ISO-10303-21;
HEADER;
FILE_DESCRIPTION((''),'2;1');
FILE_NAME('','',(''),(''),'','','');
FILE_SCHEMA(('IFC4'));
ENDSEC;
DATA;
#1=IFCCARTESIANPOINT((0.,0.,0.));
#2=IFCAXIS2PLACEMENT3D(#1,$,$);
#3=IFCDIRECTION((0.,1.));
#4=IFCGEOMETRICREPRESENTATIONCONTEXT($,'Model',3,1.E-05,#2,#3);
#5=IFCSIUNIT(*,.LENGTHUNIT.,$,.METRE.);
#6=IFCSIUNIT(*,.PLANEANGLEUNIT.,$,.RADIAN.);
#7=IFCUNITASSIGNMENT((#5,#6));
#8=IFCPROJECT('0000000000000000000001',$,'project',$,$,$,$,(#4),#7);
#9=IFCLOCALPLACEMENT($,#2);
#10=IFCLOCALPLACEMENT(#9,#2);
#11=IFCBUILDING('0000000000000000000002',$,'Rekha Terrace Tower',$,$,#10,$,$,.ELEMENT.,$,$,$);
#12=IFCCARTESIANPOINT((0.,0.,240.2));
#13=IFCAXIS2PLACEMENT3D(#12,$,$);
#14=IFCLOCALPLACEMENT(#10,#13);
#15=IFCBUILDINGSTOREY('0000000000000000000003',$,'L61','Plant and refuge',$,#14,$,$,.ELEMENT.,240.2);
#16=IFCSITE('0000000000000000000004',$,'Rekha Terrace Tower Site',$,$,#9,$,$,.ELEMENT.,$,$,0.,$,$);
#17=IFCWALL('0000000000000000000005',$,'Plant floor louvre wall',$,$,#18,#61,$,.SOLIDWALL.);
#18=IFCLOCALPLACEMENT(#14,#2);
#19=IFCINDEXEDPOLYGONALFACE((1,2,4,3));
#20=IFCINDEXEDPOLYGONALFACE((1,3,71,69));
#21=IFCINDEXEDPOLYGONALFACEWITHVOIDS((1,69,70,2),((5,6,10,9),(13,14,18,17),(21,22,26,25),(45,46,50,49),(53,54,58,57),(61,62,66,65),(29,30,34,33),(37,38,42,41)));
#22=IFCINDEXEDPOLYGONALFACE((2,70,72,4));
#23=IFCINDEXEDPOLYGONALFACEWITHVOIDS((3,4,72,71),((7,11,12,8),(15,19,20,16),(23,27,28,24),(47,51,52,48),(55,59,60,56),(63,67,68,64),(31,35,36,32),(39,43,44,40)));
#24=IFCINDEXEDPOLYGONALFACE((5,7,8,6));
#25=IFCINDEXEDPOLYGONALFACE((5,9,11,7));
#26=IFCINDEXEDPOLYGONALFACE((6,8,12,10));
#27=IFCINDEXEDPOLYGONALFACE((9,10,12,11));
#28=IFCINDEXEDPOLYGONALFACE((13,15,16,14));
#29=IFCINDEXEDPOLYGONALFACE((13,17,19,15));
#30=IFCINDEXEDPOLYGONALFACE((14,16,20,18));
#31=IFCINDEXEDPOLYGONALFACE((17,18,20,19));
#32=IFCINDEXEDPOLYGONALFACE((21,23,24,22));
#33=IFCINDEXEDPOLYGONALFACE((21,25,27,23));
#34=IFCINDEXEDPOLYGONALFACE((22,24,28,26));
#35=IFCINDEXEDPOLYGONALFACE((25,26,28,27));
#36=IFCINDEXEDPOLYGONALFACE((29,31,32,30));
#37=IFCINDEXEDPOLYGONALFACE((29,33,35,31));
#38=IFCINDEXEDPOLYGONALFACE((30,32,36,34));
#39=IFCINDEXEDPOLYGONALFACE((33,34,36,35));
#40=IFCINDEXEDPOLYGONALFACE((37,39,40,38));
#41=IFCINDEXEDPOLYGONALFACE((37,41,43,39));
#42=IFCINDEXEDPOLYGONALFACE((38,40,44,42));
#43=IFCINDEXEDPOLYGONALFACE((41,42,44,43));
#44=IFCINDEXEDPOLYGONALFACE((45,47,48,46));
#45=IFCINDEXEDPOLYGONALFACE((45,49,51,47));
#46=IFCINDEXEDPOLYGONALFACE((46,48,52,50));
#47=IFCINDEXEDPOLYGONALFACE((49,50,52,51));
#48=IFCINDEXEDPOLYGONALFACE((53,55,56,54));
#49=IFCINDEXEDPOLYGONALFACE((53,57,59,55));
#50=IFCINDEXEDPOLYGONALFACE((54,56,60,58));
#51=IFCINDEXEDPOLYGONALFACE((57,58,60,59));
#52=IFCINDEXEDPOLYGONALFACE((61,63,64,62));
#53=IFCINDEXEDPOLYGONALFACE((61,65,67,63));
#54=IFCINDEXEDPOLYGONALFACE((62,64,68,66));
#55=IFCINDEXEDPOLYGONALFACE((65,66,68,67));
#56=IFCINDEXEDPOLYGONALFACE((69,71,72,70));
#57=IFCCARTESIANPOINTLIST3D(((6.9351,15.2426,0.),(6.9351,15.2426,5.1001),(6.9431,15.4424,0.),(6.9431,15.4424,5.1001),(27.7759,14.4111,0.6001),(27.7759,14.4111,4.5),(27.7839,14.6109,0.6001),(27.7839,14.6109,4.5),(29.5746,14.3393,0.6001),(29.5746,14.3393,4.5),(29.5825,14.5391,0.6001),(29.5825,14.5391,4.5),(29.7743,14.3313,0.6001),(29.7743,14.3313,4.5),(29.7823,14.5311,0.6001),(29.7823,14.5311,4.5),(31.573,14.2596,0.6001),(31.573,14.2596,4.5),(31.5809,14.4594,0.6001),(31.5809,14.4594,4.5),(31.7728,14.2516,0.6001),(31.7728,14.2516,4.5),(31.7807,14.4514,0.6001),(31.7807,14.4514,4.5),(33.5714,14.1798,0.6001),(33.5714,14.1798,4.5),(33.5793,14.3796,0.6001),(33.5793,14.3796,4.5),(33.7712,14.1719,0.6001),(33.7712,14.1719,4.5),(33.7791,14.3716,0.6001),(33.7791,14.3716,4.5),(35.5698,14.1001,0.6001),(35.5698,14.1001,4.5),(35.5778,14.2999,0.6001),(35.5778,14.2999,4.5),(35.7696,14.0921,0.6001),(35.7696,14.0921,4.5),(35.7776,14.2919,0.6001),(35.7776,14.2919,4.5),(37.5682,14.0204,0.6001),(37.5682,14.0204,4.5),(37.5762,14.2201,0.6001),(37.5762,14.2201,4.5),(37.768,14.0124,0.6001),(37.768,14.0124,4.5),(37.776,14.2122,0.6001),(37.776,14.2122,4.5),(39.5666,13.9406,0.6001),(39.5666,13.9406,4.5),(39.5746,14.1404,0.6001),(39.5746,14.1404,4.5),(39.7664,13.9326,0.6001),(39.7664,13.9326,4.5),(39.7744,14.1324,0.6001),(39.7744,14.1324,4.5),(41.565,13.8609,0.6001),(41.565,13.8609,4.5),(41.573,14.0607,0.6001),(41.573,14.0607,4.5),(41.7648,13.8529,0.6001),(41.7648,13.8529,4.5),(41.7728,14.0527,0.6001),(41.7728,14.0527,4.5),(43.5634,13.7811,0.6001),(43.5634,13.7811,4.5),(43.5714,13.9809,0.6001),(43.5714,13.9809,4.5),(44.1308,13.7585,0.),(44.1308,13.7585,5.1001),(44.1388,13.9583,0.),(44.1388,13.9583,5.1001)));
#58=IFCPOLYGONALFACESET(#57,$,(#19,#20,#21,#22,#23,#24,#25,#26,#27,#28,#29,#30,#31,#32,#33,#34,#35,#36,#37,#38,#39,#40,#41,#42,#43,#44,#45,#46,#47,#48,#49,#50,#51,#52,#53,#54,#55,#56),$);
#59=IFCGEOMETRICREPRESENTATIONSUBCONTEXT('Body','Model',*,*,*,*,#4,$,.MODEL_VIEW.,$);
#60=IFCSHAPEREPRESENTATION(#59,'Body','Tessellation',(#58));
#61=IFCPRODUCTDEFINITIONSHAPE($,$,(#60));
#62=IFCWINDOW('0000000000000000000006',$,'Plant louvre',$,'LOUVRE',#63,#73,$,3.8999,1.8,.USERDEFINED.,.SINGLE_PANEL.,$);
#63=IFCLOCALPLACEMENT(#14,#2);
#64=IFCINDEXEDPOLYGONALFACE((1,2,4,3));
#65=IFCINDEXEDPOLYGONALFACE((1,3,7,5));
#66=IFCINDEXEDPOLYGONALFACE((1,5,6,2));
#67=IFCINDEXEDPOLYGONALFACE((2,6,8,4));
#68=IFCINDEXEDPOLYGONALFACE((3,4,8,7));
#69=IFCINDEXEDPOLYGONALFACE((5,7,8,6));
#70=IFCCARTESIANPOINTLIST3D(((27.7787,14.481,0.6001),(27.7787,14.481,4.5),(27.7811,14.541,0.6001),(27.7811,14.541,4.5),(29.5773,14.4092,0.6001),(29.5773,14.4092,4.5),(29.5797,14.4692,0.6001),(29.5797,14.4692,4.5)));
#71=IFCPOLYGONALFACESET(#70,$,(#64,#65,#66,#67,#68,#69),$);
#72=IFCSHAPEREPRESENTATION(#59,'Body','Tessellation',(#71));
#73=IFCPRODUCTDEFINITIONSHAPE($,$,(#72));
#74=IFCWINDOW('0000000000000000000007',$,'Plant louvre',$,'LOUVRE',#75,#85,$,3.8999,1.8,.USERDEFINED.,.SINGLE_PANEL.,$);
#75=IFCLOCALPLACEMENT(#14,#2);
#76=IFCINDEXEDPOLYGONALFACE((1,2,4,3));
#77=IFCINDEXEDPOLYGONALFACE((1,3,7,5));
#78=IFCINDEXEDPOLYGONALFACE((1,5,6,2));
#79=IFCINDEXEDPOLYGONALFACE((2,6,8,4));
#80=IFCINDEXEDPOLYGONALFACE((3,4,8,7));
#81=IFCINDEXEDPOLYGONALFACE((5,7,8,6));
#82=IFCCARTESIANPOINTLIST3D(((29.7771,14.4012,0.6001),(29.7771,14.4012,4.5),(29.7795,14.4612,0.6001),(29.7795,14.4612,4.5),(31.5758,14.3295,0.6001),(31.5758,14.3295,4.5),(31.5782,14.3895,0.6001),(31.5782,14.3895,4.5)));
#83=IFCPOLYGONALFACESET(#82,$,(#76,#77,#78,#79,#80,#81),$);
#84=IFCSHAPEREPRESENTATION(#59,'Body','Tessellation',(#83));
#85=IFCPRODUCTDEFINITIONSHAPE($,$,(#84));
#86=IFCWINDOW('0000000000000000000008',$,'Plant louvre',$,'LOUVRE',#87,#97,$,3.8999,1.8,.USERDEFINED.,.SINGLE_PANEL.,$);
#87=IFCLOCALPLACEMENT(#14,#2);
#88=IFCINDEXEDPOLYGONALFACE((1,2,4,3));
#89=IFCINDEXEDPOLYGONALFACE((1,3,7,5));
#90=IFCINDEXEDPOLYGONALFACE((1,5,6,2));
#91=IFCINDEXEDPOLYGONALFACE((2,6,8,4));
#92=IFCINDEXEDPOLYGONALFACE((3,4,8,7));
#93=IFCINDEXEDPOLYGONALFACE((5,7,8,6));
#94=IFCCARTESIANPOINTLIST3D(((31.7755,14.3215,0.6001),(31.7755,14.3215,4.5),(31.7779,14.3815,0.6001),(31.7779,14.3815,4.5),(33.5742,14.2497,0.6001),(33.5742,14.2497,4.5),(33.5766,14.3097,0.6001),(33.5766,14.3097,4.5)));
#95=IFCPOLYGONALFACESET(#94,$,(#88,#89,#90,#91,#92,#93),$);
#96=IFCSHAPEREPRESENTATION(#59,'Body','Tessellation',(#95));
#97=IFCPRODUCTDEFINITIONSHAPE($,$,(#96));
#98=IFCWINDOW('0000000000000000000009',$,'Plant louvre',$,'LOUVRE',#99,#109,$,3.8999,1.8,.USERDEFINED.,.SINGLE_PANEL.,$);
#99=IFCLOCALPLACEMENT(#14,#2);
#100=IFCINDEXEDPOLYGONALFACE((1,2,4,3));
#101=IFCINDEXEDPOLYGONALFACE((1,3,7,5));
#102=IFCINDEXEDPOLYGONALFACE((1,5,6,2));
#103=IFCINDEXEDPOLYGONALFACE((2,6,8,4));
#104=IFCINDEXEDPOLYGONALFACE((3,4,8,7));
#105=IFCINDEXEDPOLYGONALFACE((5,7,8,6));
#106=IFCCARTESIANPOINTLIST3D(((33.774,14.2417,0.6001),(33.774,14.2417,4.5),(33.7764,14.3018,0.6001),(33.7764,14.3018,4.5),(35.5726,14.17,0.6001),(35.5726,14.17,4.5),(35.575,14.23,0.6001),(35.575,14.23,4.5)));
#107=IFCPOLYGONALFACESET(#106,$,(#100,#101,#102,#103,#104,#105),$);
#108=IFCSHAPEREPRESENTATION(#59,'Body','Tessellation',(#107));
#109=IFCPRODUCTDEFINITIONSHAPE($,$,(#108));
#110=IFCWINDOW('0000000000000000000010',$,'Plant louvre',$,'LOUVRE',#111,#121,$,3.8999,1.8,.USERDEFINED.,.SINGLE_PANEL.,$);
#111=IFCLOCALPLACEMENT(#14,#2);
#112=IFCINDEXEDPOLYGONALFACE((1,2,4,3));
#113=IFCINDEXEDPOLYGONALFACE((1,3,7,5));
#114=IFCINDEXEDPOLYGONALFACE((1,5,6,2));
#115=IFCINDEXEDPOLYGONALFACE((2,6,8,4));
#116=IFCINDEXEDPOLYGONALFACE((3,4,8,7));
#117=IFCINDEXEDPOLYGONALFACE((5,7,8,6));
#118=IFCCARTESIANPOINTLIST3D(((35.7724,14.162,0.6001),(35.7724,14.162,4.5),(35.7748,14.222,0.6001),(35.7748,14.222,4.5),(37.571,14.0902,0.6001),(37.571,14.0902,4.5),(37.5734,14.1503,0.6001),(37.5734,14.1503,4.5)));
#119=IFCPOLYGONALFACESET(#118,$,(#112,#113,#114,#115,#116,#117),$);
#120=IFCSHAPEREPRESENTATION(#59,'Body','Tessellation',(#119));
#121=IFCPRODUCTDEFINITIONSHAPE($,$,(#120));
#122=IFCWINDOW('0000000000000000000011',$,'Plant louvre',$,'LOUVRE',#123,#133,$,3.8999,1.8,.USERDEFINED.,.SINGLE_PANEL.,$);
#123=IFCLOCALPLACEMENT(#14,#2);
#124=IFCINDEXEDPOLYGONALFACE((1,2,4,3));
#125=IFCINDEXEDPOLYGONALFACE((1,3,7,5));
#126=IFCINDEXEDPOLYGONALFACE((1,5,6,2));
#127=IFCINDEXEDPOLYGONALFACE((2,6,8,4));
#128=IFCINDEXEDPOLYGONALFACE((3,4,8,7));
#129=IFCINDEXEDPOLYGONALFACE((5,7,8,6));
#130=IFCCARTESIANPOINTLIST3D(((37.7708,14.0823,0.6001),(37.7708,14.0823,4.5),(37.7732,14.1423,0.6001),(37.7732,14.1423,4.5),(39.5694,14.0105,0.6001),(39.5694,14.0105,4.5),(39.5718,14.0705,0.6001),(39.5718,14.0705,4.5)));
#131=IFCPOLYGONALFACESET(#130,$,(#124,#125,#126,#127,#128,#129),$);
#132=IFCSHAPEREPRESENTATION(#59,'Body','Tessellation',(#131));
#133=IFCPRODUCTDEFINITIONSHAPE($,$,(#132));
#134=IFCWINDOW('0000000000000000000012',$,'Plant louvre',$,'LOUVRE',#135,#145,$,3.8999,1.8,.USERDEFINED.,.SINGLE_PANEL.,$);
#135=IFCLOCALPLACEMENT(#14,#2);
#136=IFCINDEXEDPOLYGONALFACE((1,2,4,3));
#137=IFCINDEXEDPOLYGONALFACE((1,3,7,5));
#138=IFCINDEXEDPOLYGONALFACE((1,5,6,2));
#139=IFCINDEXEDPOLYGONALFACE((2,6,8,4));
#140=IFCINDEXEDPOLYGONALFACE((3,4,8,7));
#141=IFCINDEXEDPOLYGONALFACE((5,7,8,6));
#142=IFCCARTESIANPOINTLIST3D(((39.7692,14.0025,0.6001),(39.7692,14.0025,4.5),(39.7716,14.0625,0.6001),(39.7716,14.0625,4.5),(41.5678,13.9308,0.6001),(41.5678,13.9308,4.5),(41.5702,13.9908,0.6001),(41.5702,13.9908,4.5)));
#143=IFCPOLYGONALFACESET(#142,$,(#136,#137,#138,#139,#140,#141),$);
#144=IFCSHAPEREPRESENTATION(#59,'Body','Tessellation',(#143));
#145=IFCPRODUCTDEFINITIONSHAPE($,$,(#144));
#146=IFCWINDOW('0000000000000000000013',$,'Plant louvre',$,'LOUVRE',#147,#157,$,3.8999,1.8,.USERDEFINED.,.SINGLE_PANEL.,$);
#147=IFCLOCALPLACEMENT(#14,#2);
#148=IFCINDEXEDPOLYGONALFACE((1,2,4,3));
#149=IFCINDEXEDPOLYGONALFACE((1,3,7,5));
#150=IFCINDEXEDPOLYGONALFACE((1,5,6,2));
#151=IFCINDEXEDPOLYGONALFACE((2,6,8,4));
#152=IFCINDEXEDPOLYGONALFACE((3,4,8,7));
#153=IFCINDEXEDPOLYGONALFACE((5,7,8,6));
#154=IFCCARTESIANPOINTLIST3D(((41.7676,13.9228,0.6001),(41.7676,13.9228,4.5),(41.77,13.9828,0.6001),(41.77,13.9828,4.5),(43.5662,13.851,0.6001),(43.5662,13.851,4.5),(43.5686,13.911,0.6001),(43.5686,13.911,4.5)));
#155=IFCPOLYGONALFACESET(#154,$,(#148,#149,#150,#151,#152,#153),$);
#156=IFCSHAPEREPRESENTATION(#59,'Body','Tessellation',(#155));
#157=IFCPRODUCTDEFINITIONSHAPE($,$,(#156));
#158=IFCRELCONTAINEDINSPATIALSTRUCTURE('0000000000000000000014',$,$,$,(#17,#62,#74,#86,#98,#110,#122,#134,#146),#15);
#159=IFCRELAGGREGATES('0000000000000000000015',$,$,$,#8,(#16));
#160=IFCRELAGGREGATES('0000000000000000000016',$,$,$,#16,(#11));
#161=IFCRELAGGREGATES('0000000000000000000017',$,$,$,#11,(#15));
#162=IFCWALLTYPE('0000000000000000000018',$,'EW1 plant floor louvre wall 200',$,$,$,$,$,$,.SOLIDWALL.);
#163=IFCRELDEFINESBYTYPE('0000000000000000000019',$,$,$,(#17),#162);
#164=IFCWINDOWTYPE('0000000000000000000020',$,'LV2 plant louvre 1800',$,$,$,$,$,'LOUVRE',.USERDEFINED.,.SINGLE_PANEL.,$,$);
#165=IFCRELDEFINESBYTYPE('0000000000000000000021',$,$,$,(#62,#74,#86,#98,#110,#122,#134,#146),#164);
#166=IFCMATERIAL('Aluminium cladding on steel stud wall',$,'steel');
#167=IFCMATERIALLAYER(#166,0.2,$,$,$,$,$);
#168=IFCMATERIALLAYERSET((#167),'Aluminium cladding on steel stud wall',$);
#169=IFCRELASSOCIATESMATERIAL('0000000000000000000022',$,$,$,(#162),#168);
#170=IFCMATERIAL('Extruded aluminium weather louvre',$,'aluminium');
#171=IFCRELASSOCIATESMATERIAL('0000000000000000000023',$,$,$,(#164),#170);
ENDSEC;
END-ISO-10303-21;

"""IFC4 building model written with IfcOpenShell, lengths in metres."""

from ifc_helpers import new_model, si_unit, direction, frame, frame_2d, origin, place, context, subcontext, project, spatial, rectangle, extrude, material, layer, layer_set, type_object, element, fill, save


model = new_model("IFC4")

# Units and contexts
model_context = context("Model", 3, precision=1e-05, world=origin(), true_north=direction((0.0, 1.0)))
body_context = subcontext(model_context, "Body", "Model", "MODEL_VIEW")
ifc_project = project(units=[si_unit("LENGTHUNIT", "METRE"), si_unit("PLANEANGLEUNIT", "RADIAN")], contexts=[model_context])

# Site, building, storey
site_placement = place(None, origin())
site = spatial("IfcSite", under=ifc_project, at=site_placement, Name="Rekha Terrace Tower Site", CompositionType="ELEMENT", RefElevation=0.0)
building_placement = place(site_placement, origin())
building = spatial("IfcBuilding", under=site, at=building_placement, Name="Rekha Terrace Tower", CompositionType="ELEMENT")
storey_placement = place(building_placement, frame((0.0, 0.0, 240.2)))
storey = spatial("IfcBuildingStorey", under=building, at=storey_placement, Name="L61", Description="Plant and refuge", CompositionType="ELEMENT", Elevation=240.2)

# Wall, openings, windows
ifc_material_1 = material(Name="Aluminium cladding on steel stud wall", Category="steel")
ifc_layer_1 = layer(ifc_material_1, 0.2)
ifc_layer_set_1 = layer_set([ifc_layer_1], Name="Aluminium cladding on steel stud wall")
wall_type = type_object("IfcWallType", Name="EW1 plant floor louvre wall 200", PredefinedType="SOLIDWALL", material=ifc_layer_set_1)
wall_placement = place(storey_placement, frame((6.939, 15.3425, 0.0), z_axis=(0.0, 0.0, 1.0), x_axis=(0.999205, -0.039869, 0.0)))
wall = element("IfcWall", 1, at=wall_placement, inside=storey, type_object=wall_type, Name="Plant floor louvre wall", PredefinedType="SOLIDWALL", context=body_context, shape_type="SweptSolid", body=[
    extrude(rectangle(XDim=37.2253, YDim=0.2, at=frame_2d((18.6128, 0.0))), origin(), (0.0, 0.0, 1.0), 5.1001),
])
opening_1_placement = place(wall_placement, frame((20.8577, 0.0, 0.6001)))
opening_1 = element("IfcOpeningElement", 2, at=opening_1_placement, cuts=wall, PredefinedType="OPENING", context=body_context, shape_type="SweptSolid", body=[
    extrude(rectangle(XDim=1.8, YDim=3.8999, at=frame_2d((0.8999, 1.95))), frame((0.0, 0.1099, 0.0), z_axis=(0.0, -1.0, 0.0), x_axis=(1.0, 0.0, 0.0)), (0.0, 0.0, 1.0), 0.22),
])
opening_2_placement = place(wall_placement, frame((22.8577, 0.0, 0.6001)))
opening_2 = element("IfcOpeningElement", 3, at=opening_2_placement, cuts=wall, PredefinedType="OPENING", context=body_context, shape_type="SweptSolid", body=[
    extrude(rectangle(XDim=1.8, YDim=3.8999, at=frame_2d((0.8999, 1.95))), frame((0.0, 0.1099, 0.0), z_axis=(0.0, -1.0, 0.0), x_axis=(1.0, 0.0, 0.0)), (0.0, 0.0, 1.0), 0.22),
])
opening_3_placement = place(wall_placement, frame((24.8577, 0.0, 0.6001)))
opening_3 = element("IfcOpeningElement", 4, at=opening_3_placement, cuts=wall, PredefinedType="OPENING", context=body_context, shape_type="SweptSolid", body=[
    extrude(rectangle(XDim=1.8, YDim=3.8999, at=frame_2d((0.8999, 1.95))), frame((0.0, 0.1099, 0.0), z_axis=(0.0, -1.0, 0.0), x_axis=(1.0, 0.0, 0.0)), (0.0, 0.0, 1.0), 0.22),
])
opening_4_placement = place(wall_placement, frame((26.8577, 0.0, 0.6001)))
opening_4 = element("IfcOpeningElement", 5, at=opening_4_placement, cuts=wall, PredefinedType="OPENING", context=body_context, shape_type="SweptSolid", body=[
    extrude(rectangle(XDim=1.8, YDim=3.8999, at=frame_2d((0.8999, 1.95))), frame((0.0, 0.1099, 0.0), z_axis=(0.0, -1.0, 0.0), x_axis=(1.0, 0.0, 0.0)), (0.0, 0.0, 1.0), 0.22),
])
opening_5_placement = place(wall_placement, frame((28.8577, 0.0, 0.6001)))
opening_5 = element("IfcOpeningElement", 6, at=opening_5_placement, cuts=wall, PredefinedType="OPENING", context=body_context, shape_type="SweptSolid", body=[
    extrude(rectangle(XDim=1.8, YDim=3.8999, at=frame_2d((0.8999, 1.95))), frame((0.0, 0.1099, 0.0), z_axis=(0.0, -1.0, 0.0), x_axis=(1.0, 0.0, 0.0)), (0.0, 0.0, 1.0), 0.22),
])
opening_6_placement = place(wall_placement, frame((30.8577, 0.0, 0.6001)))
opening_6 = element("IfcOpeningElement", 7, at=opening_6_placement, cuts=wall, PredefinedType="OPENING", context=body_context, shape_type="SweptSolid", body=[
    extrude(rectangle(XDim=1.8, YDim=3.8999, at=frame_2d((0.8999, 1.95))), frame((0.0, 0.1099, 0.0), z_axis=(0.0, -1.0, 0.0), x_axis=(1.0, 0.0, 0.0)), (0.0, 0.0, 1.0), 0.22),
])
opening_7_placement = place(wall_placement, frame((32.8577, 0.0, 0.6001)))
opening_7 = element("IfcOpeningElement", 8, at=opening_7_placement, cuts=wall, PredefinedType="OPENING", context=body_context, shape_type="SweptSolid", body=[
    extrude(rectangle(XDim=1.8, YDim=3.8999, at=frame_2d((0.8999, 1.95))), frame((0.0, 0.1099, 0.0), z_axis=(0.0, -1.0, 0.0), x_axis=(1.0, 0.0, 0.0)), (0.0, 0.0, 1.0), 0.22),
])
opening_8_placement = place(wall_placement, frame((34.8577, 0.0, 0.6001)))
opening_8 = element("IfcOpeningElement", 9, at=opening_8_placement, cuts=wall, PredefinedType="OPENING", context=body_context, shape_type="SweptSolid", body=[
    extrude(rectangle(XDim=1.8, YDim=3.8999, at=frame_2d((0.8999, 1.95))), frame((0.0, 0.1099, 0.0), z_axis=(0.0, -1.0, 0.0), x_axis=(1.0, 0.0, 0.0)), (0.0, 0.0, 1.0), 0.22),
])
ifc_material_2 = material(Name="Extruded aluminium weather louvre", Category="aluminium")
window_type = type_object("IfcWindowType", Name="LV2 plant louvre 1800", ElementType="LOUVRE", PartitioningType="SINGLE_PANEL", PredefinedType="USERDEFINED", material=ifc_material_2)
window_1_placement = place(opening_1_placement, origin())
window_1 = element("IfcWindow", 10, at=window_1_placement, inside=storey, type_object=window_type, Name="Plant louvre", ObjectType="LOUVRE", OverallHeight=3.8999, OverallWidth=1.8, PartitioningType="SINGLE_PANEL", PredefinedType="USERDEFINED", context=body_context, shape_type="SweptSolid", body=[
    extrude(rectangle(XDim=1.8, YDim=3.8999, at=frame_2d((0.8999, 1.95))), frame((0.0, 0.03, 0.0), z_axis=(0.0, -1.0, 0.0), x_axis=(1.0, 0.0, 0.0)), (0.0, 0.0, 1.0), 0.0601),
])
fill(opening_1, window_1)
window_2_placement = place(opening_2_placement, origin())
window_2 = element("IfcWindow", 11, at=window_2_placement, inside=storey, type_object=window_type, Name="Plant louvre", ObjectType="LOUVRE", OverallHeight=3.8999, OverallWidth=1.8, PartitioningType="SINGLE_PANEL", PredefinedType="USERDEFINED", context=body_context, shape_type="SweptSolid", body=[
    extrude(rectangle(XDim=1.8, YDim=3.8999, at=frame_2d((0.8999, 1.95))), frame((0.0, 0.03, 0.0), z_axis=(0.0, -1.0, 0.0), x_axis=(1.0, 0.0, 0.0)), (0.0, 0.0, 1.0), 0.0601),
])
fill(opening_2, window_2)
window_3_placement = place(opening_3_placement, origin())
window_3 = element("IfcWindow", 12, at=window_3_placement, inside=storey, type_object=window_type, Name="Plant louvre", ObjectType="LOUVRE", OverallHeight=3.8999, OverallWidth=1.8, PartitioningType="SINGLE_PANEL", PredefinedType="USERDEFINED", context=body_context, shape_type="SweptSolid", body=[
    extrude(rectangle(XDim=1.8, YDim=3.8999, at=frame_2d((0.8999, 1.95))), frame((0.0, 0.03, 0.0), z_axis=(0.0, -1.0, 0.0), x_axis=(1.0, 0.0, 0.0)), (0.0, 0.0, 1.0), 0.0601),
])
fill(opening_3, window_3)
window_4_placement = place(opening_4_placement, origin())
window_4 = element("IfcWindow", 13, at=window_4_placement, inside=storey, type_object=window_type, Name="Plant louvre", ObjectType="LOUVRE", OverallHeight=3.8999, OverallWidth=1.8, PartitioningType="SINGLE_PANEL", PredefinedType="USERDEFINED", context=body_context, shape_type="SweptSolid", body=[
    extrude(rectangle(XDim=1.8, YDim=3.8999, at=frame_2d((0.8999, 1.95))), frame((0.0, 0.03, 0.0), z_axis=(0.0, -1.0, 0.0), x_axis=(1.0, 0.0, 0.0)), (0.0, 0.0, 1.0), 0.0601),
])
fill(opening_4, window_4)
window_5_placement = place(opening_5_placement, origin())
window_5 = element("IfcWindow", 14, at=window_5_placement, inside=storey, type_object=window_type, Name="Plant louvre", ObjectType="LOUVRE", OverallHeight=3.8999, OverallWidth=1.8, PartitioningType="SINGLE_PANEL", PredefinedType="USERDEFINED", context=body_context, shape_type="SweptSolid", body=[
    extrude(rectangle(XDim=1.8, YDim=3.8999, at=frame_2d((0.8999, 1.95))), frame((0.0, 0.03, 0.0), z_axis=(0.0, -1.0, 0.0), x_axis=(1.0, 0.0, 0.0)), (0.0, 0.0, 1.0), 0.0601),
])
fill(opening_5, window_5)
window_6_placement = place(opening_6_placement, origin())
window_6 = element("IfcWindow", 15, at=window_6_placement, inside=storey, type_object=window_type, Name="Plant louvre", ObjectType="LOUVRE", OverallHeight=3.8999, OverallWidth=1.8, PartitioningType="SINGLE_PANEL", PredefinedType="USERDEFINED", context=body_context, shape_type="SweptSolid", body=[
    extrude(rectangle(XDim=1.8, YDim=3.8999, at=frame_2d((0.8999, 1.95))), frame((0.0, 0.03, 0.0), z_axis=(0.0, -1.0, 0.0), x_axis=(1.0, 0.0, 0.0)), (0.0, 0.0, 1.0), 0.0601),
])
fill(opening_6, window_6)
window_7_placement = place(opening_7_placement, origin())
window_7 = element("IfcWindow", 16, at=window_7_placement, inside=storey, type_object=window_type, Name="Plant louvre", ObjectType="LOUVRE", OverallHeight=3.8999, OverallWidth=1.8, PartitioningType="SINGLE_PANEL", PredefinedType="USERDEFINED", context=body_context, shape_type="SweptSolid", body=[
    extrude(rectangle(XDim=1.8, YDim=3.8999, at=frame_2d((0.8999, 1.95))), frame((0.0, 0.03, 0.0), z_axis=(0.0, -1.0, 0.0), x_axis=(1.0, 0.0, 0.0)), (0.0, 0.0, 1.0), 0.0601),
])
fill(opening_7, window_7)
window_8_placement = place(opening_8_placement, origin())
window_8 = element("IfcWindow", 17, at=window_8_placement, inside=storey, type_object=window_type, Name="Plant louvre", ObjectType="LOUVRE", OverallHeight=3.8999, OverallWidth=1.8, PartitioningType="SINGLE_PANEL", PredefinedType="USERDEFINED", context=body_context, shape_type="SweptSolid", body=[
    extrude(rectangle(XDim=1.8, YDim=3.8999, at=frame_2d((0.8999, 1.95))), frame((0.0, 0.03, 0.0), z_axis=(0.0, -1.0, 0.0), x_axis=(1.0, 0.0, 0.0)), (0.0, 0.0, 1.0), 0.0601),
])
fill(opening_8, window_8)

save(model, "model.ifc")
